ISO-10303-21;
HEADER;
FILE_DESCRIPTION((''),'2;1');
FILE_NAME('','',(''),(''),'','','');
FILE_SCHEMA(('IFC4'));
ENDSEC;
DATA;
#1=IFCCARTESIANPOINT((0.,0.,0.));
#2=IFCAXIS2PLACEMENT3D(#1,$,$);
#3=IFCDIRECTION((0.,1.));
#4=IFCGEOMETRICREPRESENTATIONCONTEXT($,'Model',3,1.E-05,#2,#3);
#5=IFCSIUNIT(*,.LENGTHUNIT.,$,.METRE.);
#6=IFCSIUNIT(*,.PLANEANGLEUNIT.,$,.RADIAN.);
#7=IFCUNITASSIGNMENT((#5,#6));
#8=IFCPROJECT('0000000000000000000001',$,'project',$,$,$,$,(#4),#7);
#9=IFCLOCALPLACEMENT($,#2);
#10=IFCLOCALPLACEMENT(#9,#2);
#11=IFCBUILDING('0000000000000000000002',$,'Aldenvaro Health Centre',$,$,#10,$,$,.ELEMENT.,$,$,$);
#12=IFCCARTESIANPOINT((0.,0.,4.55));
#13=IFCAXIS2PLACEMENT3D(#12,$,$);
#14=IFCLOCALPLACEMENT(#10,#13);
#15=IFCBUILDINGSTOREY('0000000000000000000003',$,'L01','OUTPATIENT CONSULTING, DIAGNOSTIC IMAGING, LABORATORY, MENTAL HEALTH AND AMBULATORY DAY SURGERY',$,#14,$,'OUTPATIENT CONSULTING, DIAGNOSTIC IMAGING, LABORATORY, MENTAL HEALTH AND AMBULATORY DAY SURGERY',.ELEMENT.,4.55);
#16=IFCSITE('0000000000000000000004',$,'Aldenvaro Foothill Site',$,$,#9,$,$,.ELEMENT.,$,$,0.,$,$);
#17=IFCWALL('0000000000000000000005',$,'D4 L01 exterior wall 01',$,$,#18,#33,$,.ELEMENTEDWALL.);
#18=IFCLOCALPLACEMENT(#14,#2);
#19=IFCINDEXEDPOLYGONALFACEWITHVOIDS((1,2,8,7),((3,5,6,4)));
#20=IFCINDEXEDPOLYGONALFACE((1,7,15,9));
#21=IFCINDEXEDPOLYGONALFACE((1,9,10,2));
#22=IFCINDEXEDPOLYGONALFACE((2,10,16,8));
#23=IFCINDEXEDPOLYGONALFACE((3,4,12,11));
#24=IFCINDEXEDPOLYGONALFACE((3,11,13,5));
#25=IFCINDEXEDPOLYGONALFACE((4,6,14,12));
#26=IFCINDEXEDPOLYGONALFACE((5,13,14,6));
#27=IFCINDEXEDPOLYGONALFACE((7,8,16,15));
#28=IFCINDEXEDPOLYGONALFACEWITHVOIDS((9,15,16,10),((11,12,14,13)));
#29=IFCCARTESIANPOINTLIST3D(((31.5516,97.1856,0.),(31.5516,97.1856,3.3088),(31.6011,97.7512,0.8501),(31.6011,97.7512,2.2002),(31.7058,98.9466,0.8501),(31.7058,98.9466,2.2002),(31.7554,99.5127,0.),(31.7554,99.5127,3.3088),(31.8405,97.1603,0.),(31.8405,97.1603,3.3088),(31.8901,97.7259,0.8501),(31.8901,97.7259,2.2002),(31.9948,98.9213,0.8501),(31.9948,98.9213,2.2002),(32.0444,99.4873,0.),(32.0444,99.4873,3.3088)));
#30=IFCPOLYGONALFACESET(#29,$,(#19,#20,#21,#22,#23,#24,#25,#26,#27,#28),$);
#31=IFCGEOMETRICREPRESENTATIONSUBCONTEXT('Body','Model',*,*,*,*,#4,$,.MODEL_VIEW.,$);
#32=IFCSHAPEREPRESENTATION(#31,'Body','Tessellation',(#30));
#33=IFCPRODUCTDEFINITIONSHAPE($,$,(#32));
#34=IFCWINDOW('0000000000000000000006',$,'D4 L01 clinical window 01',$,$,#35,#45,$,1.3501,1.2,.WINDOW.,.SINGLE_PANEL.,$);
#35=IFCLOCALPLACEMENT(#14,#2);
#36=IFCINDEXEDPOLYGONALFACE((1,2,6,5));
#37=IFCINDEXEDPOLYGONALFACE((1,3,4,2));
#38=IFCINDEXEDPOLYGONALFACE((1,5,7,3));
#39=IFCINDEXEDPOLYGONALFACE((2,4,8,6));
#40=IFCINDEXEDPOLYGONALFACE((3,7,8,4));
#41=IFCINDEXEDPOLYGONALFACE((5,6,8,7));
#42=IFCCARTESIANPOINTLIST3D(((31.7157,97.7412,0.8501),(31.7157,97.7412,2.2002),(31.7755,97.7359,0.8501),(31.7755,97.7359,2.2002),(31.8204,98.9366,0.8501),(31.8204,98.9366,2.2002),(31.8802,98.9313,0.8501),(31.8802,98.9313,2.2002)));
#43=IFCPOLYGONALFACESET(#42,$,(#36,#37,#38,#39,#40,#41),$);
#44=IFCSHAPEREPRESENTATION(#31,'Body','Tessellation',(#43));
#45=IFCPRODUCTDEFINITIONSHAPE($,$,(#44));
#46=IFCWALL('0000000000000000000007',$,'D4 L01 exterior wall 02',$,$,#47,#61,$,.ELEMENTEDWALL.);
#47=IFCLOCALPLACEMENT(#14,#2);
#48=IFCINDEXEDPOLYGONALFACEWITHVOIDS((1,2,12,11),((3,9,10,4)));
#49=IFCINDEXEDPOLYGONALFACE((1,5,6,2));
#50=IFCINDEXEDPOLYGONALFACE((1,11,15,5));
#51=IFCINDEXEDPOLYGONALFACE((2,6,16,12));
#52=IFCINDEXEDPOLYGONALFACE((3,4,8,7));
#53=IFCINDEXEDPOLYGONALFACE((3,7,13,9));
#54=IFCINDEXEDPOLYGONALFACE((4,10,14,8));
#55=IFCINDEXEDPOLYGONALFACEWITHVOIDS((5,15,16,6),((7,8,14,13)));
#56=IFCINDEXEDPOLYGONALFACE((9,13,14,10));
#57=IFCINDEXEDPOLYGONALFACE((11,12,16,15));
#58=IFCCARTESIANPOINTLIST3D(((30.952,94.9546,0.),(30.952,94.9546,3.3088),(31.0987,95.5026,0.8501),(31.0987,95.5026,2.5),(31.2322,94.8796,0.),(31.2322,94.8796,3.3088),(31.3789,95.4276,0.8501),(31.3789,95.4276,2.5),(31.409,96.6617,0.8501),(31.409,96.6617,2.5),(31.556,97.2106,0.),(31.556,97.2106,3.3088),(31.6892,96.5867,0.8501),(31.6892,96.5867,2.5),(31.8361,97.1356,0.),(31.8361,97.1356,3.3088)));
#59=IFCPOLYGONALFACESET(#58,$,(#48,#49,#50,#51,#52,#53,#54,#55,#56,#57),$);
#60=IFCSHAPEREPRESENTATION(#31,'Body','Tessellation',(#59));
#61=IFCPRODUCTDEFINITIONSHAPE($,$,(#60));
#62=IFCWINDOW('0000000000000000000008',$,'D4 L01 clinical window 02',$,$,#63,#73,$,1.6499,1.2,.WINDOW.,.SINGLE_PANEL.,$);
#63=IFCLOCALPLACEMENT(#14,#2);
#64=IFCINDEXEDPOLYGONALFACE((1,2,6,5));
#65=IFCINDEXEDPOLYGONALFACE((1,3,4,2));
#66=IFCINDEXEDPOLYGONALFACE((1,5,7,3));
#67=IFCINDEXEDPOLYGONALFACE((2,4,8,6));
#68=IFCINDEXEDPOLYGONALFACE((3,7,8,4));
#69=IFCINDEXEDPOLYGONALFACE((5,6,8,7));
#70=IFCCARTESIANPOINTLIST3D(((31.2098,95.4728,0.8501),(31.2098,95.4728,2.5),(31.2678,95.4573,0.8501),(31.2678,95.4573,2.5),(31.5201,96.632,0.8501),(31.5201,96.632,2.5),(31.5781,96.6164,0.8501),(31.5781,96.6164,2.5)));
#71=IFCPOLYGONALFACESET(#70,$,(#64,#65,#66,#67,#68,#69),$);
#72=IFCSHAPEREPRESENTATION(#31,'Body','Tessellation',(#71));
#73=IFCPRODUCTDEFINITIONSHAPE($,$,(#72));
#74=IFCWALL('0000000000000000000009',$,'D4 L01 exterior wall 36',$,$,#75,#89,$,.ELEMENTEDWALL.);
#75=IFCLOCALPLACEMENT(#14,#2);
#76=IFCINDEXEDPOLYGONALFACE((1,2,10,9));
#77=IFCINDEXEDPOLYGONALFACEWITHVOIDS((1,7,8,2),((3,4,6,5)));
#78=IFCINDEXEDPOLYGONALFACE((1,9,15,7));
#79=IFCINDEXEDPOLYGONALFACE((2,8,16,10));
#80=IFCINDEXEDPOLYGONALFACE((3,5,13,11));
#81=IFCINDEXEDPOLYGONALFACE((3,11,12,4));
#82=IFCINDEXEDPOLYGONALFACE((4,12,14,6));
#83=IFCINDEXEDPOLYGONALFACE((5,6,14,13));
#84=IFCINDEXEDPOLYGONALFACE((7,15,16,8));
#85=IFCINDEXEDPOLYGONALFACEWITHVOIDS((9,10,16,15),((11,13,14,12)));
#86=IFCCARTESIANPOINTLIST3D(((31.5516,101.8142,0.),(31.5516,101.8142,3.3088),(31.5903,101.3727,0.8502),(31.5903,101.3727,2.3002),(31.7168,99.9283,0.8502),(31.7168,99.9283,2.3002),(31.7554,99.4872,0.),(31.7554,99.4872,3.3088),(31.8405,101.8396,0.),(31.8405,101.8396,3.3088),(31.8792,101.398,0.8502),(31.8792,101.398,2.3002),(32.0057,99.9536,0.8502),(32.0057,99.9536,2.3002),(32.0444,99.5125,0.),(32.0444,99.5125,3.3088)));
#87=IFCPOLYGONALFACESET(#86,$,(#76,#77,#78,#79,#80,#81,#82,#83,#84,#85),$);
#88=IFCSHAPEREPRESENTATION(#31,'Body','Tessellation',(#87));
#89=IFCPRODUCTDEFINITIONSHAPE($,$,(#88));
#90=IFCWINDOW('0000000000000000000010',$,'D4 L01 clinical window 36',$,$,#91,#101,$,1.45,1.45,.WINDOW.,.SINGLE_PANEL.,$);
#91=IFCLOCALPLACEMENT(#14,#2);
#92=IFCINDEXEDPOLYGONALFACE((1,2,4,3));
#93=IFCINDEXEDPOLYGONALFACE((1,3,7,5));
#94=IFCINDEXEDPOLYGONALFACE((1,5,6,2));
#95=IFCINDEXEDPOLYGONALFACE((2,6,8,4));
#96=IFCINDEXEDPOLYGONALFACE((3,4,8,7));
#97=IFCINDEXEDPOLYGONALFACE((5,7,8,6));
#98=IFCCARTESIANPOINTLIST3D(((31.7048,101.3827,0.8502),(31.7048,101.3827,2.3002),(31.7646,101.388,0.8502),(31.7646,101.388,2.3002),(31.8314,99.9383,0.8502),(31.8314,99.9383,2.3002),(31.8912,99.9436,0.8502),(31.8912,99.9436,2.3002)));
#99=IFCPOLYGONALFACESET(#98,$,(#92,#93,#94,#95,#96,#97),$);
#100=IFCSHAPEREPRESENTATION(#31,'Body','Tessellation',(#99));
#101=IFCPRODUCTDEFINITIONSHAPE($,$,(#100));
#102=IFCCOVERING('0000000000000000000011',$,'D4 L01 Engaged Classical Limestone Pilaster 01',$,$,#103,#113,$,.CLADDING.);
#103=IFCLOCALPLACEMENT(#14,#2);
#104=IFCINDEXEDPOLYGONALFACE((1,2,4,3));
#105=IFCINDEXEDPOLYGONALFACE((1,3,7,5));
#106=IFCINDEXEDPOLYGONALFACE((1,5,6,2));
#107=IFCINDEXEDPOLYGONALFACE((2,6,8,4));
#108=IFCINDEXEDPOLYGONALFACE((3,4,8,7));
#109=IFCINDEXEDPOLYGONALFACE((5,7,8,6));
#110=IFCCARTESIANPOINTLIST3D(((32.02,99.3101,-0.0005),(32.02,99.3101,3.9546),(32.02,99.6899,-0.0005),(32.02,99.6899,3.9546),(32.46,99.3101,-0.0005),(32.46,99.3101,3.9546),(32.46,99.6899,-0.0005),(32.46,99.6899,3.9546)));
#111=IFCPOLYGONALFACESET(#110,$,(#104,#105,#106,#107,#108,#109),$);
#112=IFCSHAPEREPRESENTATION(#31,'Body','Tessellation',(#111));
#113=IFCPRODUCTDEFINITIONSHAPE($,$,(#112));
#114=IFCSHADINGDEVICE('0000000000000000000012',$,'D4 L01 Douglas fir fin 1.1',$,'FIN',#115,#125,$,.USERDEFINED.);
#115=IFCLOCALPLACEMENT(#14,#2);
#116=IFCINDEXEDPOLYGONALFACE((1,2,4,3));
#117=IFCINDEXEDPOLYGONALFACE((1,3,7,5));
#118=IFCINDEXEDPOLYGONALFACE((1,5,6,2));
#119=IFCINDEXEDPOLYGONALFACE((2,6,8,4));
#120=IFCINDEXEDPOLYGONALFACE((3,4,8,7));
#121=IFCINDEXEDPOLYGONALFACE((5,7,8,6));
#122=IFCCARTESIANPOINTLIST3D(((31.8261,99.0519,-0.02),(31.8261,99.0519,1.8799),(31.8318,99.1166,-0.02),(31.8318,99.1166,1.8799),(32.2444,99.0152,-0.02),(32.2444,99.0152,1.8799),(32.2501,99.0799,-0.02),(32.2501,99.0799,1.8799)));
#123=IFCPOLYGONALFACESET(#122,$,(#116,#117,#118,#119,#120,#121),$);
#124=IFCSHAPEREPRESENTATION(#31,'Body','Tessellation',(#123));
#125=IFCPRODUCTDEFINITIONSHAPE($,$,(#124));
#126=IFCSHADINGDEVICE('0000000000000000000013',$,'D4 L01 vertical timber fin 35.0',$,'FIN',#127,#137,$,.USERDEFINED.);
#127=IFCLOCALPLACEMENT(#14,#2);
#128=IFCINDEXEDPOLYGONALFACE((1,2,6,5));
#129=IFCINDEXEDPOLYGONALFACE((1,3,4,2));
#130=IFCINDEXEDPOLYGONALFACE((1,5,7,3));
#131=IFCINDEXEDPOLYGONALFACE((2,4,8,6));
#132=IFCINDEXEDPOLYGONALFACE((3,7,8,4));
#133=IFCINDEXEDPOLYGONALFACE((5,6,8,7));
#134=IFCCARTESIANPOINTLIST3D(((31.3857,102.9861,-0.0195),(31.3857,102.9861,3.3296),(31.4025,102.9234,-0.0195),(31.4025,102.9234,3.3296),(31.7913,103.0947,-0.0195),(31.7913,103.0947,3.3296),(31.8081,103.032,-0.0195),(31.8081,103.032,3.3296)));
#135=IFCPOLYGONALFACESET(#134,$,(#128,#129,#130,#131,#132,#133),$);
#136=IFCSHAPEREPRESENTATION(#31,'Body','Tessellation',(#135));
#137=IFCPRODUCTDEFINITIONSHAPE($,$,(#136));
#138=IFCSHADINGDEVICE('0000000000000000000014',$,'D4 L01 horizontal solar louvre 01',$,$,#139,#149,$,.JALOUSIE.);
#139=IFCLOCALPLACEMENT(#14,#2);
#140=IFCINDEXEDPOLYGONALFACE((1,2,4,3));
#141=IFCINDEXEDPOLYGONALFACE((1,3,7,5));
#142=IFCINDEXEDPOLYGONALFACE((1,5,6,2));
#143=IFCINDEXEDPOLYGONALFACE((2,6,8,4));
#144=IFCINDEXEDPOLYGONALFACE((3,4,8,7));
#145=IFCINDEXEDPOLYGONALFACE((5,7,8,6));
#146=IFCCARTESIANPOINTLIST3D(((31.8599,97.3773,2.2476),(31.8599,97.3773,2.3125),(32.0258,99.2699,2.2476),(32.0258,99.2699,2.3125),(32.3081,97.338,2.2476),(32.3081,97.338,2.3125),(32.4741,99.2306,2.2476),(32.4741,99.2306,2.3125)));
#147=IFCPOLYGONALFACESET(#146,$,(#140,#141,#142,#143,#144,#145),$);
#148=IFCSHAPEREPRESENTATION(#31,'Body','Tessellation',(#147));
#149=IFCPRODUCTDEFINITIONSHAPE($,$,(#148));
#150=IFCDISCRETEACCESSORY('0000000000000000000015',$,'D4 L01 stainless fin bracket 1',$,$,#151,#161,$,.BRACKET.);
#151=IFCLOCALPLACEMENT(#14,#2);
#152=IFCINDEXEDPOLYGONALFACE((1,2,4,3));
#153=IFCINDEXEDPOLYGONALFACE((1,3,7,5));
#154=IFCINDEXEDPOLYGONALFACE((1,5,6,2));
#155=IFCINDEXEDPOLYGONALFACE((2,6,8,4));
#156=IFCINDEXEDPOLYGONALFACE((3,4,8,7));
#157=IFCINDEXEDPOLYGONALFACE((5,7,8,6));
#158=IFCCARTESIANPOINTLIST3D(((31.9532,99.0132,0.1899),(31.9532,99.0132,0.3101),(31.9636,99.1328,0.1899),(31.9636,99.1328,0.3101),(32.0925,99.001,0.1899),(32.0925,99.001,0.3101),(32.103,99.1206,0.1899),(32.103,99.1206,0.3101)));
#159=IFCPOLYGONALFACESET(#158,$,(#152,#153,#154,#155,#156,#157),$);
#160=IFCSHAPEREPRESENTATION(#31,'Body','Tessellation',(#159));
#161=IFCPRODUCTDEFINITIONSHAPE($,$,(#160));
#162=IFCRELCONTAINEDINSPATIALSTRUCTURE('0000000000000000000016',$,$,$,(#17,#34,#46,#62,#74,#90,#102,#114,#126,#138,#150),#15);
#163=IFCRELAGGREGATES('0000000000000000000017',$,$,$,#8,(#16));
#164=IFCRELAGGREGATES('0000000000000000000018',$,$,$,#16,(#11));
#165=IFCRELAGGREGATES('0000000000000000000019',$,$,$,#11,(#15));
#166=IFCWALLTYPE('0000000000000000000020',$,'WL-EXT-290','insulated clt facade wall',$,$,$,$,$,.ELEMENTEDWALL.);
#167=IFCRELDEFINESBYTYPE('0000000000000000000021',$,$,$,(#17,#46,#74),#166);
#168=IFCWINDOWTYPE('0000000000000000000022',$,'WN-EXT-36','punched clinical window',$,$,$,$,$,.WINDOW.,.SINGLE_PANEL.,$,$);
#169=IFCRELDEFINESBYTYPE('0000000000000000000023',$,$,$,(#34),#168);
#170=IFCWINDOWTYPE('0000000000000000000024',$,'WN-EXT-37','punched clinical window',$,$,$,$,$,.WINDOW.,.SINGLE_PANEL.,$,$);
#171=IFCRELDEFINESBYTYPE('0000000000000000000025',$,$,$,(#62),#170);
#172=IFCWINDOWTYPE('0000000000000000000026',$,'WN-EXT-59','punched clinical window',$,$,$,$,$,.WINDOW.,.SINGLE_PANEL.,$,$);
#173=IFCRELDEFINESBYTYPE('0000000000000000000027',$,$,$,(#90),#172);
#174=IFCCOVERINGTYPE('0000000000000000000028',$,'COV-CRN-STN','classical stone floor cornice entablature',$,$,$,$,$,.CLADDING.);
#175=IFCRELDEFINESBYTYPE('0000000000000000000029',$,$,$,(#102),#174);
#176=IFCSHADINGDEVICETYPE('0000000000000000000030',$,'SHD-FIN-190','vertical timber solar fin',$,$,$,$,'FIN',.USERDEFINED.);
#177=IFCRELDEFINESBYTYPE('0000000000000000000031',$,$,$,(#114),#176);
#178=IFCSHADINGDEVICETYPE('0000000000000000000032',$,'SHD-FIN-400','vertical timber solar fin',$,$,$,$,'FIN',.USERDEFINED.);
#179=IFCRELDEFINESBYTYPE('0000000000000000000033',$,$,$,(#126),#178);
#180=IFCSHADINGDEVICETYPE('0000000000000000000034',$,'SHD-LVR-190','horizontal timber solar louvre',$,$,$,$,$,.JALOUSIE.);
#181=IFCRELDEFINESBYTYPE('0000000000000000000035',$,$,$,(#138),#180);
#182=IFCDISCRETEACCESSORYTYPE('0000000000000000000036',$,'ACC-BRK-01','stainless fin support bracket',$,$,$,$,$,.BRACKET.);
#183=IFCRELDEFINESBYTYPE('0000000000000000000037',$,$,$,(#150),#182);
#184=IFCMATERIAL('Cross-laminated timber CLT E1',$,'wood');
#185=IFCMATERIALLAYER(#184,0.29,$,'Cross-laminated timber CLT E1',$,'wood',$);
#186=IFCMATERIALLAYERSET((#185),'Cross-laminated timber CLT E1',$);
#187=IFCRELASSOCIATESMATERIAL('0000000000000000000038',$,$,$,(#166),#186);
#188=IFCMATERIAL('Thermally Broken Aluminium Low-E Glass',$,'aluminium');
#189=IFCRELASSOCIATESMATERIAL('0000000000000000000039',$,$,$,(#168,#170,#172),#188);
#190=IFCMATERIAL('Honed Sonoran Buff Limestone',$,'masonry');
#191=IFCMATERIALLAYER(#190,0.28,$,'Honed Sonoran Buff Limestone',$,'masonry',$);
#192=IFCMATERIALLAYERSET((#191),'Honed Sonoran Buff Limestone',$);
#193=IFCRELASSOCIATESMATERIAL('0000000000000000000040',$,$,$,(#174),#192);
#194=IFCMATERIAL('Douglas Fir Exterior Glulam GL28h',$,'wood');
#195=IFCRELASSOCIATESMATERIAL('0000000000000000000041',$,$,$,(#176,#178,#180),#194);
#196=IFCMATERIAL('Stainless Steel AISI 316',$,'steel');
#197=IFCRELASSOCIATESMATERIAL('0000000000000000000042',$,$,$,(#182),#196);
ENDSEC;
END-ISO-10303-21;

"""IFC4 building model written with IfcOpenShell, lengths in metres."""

from ifc_helpers import new_model, si_unit, direction, frame, frame_2d, origin, origin_2d, place, context, subcontext, project, spatial, rectangle, extrude, material, layer, layer_set, type_object, element, fill, save


model = new_model("IFC4")

# Units and contexts
model_context = context("Model", 3, precision=1e-05, world=origin(), true_north=direction((0.0, 1.0)))
body_context = subcontext(model_context, "Body", "Model", "MODEL_VIEW")
ifc_project = project(units=[si_unit("LENGTHUNIT", "METRE"), si_unit("PLANEANGLEUNIT", "RADIAN")], contexts=[model_context])

# Site, building, storey
site_placement = place(None, origin())
site = spatial("IfcSite", under=ifc_project, at=site_placement, Name="Aldenvaro Foothill Site", CompositionType="ELEMENT", RefElevation=0.0)
building_placement = place(site_placement, origin())
building = spatial("IfcBuilding", under=site, at=building_placement, Name="Aldenvaro Health Centre", CompositionType="ELEMENT")
storey_placement = place(building_placement, frame((0.0, 0.0, 4.55)))
storey = spatial("IfcBuildingStorey", under=building, at=storey_placement, Name="L01", Description="OUTPATIENT CONSULTING, DIAGNOSTIC IMAGING, LABORATORY, MENTAL HEALTH AND AMBULATORY DAY SURGERY", LongName="OUTPATIENT CONSULTING, DIAGNOSTIC IMAGING, LABORATORY, MENTAL HEALTH AND AMBULATORY DAY SURGERY", CompositionType="ELEMENT", Elevation=4.55)

# Walls, openings, windows
ifc_material_1 = material(Name="Cross-laminated timber CLT E1", Category="wood")
ifc_layer_1 = layer(ifc_material_1, 0.29, Name="Cross-laminated timber CLT E1", Category="wood")
ifc_layer_set_1 = layer_set([ifc_layer_1], Name="Cross-laminated timber CLT E1")
wall_type = type_object("IfcWallType", Name="WL-EXT-290", Description="insulated clt facade wall", PredefinedType="ELEMENTEDWALL", material=ifc_layer_set_1)
wall_1_placement = place(storey_placement, frame((31.8999, 99.5, 0.0), z_axis=(0.0, 0.0, 1.0), x_axis=(-0.087275, -0.996184, 0.0)))
wall_1 = element("IfcWall", 1, at=wall_1_placement, inside=storey, type_object=wall_type, Name="D4 L01 exterior wall 01", PredefinedType="ELEMENTEDWALL", context=body_context, shape_type="SweptSolid", body=[
    extrude(rectangle(XDim=2.3359, YDim=0.29, at=frame_2d((1.168, 0.0))), origin(), (0.0, 0.0, 1.0), 3.3088),
])
opening_1_placement = place(wall_1_placement, frame((0.5681, 0.0, 0.8501)))
opening_1 = element("IfcOpeningElement", 2, at=opening_1_placement, cuts=wall_1, PredefinedType="OPENING", context=body_context, shape_type="SweptSolid", body=[
    extrude(rectangle(XDim=1.2, YDim=1.3501, at=frame_2d((0.6001, 0.675))), frame((0.0, 0.155, 0.0), z_axis=(0.0, -1.0, 0.0), x_axis=(1.0, 0.0, 0.0)), (0.0, 0.0, 1.0), 0.3101),
])
ifc_material_2 = material(Name="Thermally Broken Aluminium Low-E Glass", Category="aluminium")
window_type_1 = type_object("IfcWindowType", Name="WN-EXT-36", Description="punched clinical window", PartitioningType="SINGLE_PANEL", PredefinedType="WINDOW", material=ifc_material_2)
window_1_placement = place(opening_1_placement, origin())
window_1 = element("IfcWindow", 3, at=window_1_placement, inside=storey, type_object=window_type_1, Name="D4 L01 clinical window 01", OverallHeight=1.3501, OverallWidth=1.2, PartitioningType="SINGLE_PANEL", PredefinedType="WINDOW", context=body_context, shape_type="SweptSolid", body=[
    extrude(rectangle(XDim=1.2, YDim=1.3501, at=frame_2d((0.6001, 0.675))), frame((0.0, 0.03, 0.0), z_axis=(0.0, -1.0, 0.0), x_axis=(1.0, 0.0, 0.0)), (0.0, 0.0, 1.0), 0.0601),
])
fill(opening_1, window_1)
wall_2_placement = place(storey_placement, frame((31.696, 97.1731, 0.0), z_axis=(0.0, 0.0, 1.0), x_axis=(-0.258612, -0.965981, 0.0)))
wall_2 = element("IfcWall", 4, at=wall_2_placement, inside=storey, type_object=wall_type, Name="D4 L01 exterior wall 02", PredefinedType="ELEMENTEDWALL", context=body_context, shape_type="SweptSolid", body=[
    extrude(rectangle(XDim=2.3354, YDim=0.29, at=frame_2d((1.1677, 0.0))), origin(), (0.0, 0.0, 1.0), 3.3088),
])
opening_2_placement = place(wall_2_placement, frame((0.5681, 0.0, 0.8501)))
opening_2 = element("IfcOpeningElement", 5, at=opening_2_placement, cuts=wall_2, PredefinedType="OPENING", context=body_context, shape_type="SweptSolid", body=[
    extrude(rectangle(XDim=1.2, YDim=1.6499, at=frame_2d((0.6001, 0.825))), frame((0.0, 0.155, 0.0), z_axis=(0.0, -1.0, 0.0), x_axis=(1.0, 0.0, 0.0)), (0.0, 0.0, 1.0), 0.3101),
])
window_type_2 = type_object("IfcWindowType", Name="WN-EXT-37", Description="punched clinical window", PartitioningType="SINGLE_PANEL", PredefinedType="WINDOW", material=ifc_material_2)
window_2_placement = place(opening_2_placement, origin())
window_2 = element("IfcWindow", 6, at=window_2_placement, inside=storey, type_object=window_type_2, Name="D4 L01 clinical window 02", OverallHeight=1.6499, OverallWidth=1.2, PartitioningType="SINGLE_PANEL", PredefinedType="WINDOW", context=body_context, shape_type="SweptSolid", body=[
    extrude(rectangle(XDim=1.2, YDim=1.6499, at=frame_2d((0.6001, 0.825))), frame((0.0, 0.03, 0.0), z_axis=(0.0, -1.0, 0.0), x_axis=(1.0, 0.0, 0.0)), (0.0, 0.0, 1.0), 0.0601),
])
fill(opening_2, window_2)
wall_3_placement = place(storey_placement, frame((31.696, 101.8269, 0.0), z_axis=(0.0, 0.0, 1.0), x_axis=(0.087275, -0.996184, 0.0)))
wall_3 = element("IfcWall", 7, at=wall_3_placement, inside=storey, type_object=wall_type, Name="D4 L01 exterior wall 36", PredefinedType="ELEMENTEDWALL", context=body_context, shape_type="SweptSolid", body=[
    extrude(rectangle(XDim=2.3359, YDim=0.29, at=frame_2d((1.168, 0.0))), origin(), (0.0, 0.0, 1.0), 3.3088),
])
opening_3_placement = place(wall_3_placement, frame((0.4431, 0.0, 0.8501)))
opening_3 = element("IfcOpeningElement", 8, at=opening_3_placement, cuts=wall_3, PredefinedType="OPENING", context=body_context, shape_type="SweptSolid", body=[
    extrude(rectangle(XDim=1.45, YDim=1.45, at=frame_2d((0.7251, 0.7251))), frame((0.0, 0.155, 0.0), z_axis=(0.0, -1.0, 0.0), x_axis=(1.0, 0.0, 0.0)), (0.0, 0.0, 1.0), 0.3101),
])
window_type_3 = type_object("IfcWindowType", Name="WN-EXT-59", Description="punched clinical window", PartitioningType="SINGLE_PANEL", PredefinedType="WINDOW", material=ifc_material_2)
window_3_placement = place(opening_3_placement, origin())
window_3 = element("IfcWindow", 9, at=window_3_placement, inside=storey, type_object=window_type_3, Name="D4 L01 clinical window 36", OverallHeight=1.45, OverallWidth=1.45, PartitioningType="SINGLE_PANEL", PredefinedType="WINDOW", context=body_context, shape_type="SweptSolid", body=[
    extrude(rectangle(XDim=1.45, YDim=1.45, at=frame_2d((0.7251, 0.7251))), frame((0.0, 0.03, 0.0), z_axis=(0.0, -1.0, 0.0), x_axis=(1.0, 0.0, 0.0)), (0.0, 0.0, 1.0), 0.0601),
])
fill(opening_3, window_3)

# Covering
ifc_material_3 = material(Name="Honed Sonoran Buff Limestone", Category="masonry")
ifc_layer_2 = layer(ifc_material_3, 0.28, Name="Honed Sonoran Buff Limestone", Category="masonry")
ifc_layer_set_2 = layer_set([ifc_layer_2], Name="Honed Sonoran Buff Limestone")
covering_type = type_object("IfcCoveringType", Name="COV-CRN-STN", Description="classical stone floor cornice entablature", PredefinedType="CLADDING", material=ifc_layer_set_2)
covering_placement = place(storey_placement, frame((32.24, 99.5, -0.0005), z_axis=(0.0, 0.0, 1.0), x_axis=(1.0, 0.0, 0.0)))
element("IfcCovering", 10, at=covering_placement, inside=storey, type_object=covering_type, Name="D4 L01 Engaged Classical Limestone Pilaster 01", PredefinedType="CLADDING", context=body_context, shape_type="SweptSolid", body=[
    extrude(rectangle(XDim=0.4399, YDim=0.3799, at=origin_2d()), origin(), (0.0, 0.0, 1.0), 3.9551),
])

# Shading devices
ifc_material_4 = material(Name="Douglas Fir Exterior Glulam GL28h", Category="wood")
shading_device_type_1 = type_object("IfcShadingDeviceType", Name="SHD-FIN-190", Description="vertical timber solar fin", ElementType="FIN", PredefinedType="USERDEFINED", material=ifc_material_4)
shading_device_1_placement = place(storey_placement, frame((32.0381, 99.0659, -0.02), z_axis=(0.0, 0.0, 1.0), x_axis=(-0.087332, -0.996179, 0.0)))
element("IfcShadingDevice", 11, at=shading_device_1_placement, inside=storey, type_object=shading_device_type_1, Name="D4 L01 Douglas fir fin 1.1", ObjectType="FIN", PredefinedType="USERDEFINED", context=body_context, shape_type="SweptSolid", body=[
    extrude(rectangle(XDim=0.0649, YDim=0.4199, at=origin_2d()), origin(), (0.0, 0.0, 1.0), 1.8999),
])
shading_device_type_2 = type_object("IfcShadingDeviceType", Name="SHD-FIN-400", Description="vertical timber solar fin", ElementType="FIN", PredefinedType="USERDEFINED", material=ifc_material_4)
shading_device_2_placement = place(storey_placement, frame((31.5969, 103.009, -0.0195), z_axis=(0.0, 0.0, 1.0), x_axis=(0.258622, -0.965979, 0.0)))
element("IfcShadingDevice", 12, at=shading_device_2_placement, inside=storey, type_object=shading_device_type_2, Name="D4 L01 vertical timber fin 35.0", ObjectType="FIN", PredefinedType="USERDEFINED", context=body_context, shape_type="SweptSolid", body=[
    extrude(rectangle(XDim=0.0649, YDim=0.4199, at=origin_2d()), origin(), (0.0, 0.0, 1.0), 3.3491),
])
shading_device_type_3 = type_object("IfcShadingDeviceType", Name="SHD-LVR-190", Description="horizontal timber solar louvre", PredefinedType="JALOUSIE", material=ifc_material_4)
shading_device_3_placement = place(storey_placement, frame((32.167, 98.304, 2.2476), z_axis=(0.0, 0.0, 1.0), x_axis=(-0.087332, -0.996179, 0.0)))
element("IfcShadingDevice", 13, at=shading_device_3_placement, inside=storey, type_object=shading_device_type_3, Name="D4 L01 horizontal solar louvre 01", PredefinedType="JALOUSIE", context=body_context, shape_type="SweptSolid", body=[
    extrude(rectangle(XDim=1.8999, YDim=0.45, at=origin_2d()), origin(), (0.0, 0.0, 1.0), 0.0649),
])

# Discrete accessory
ifc_material_5 = material(Name="Stainless Steel AISI 316", Category="steel")
discrete_accessory_type = type_object("IfcDiscreteAccessoryType", Name="ACC-BRK-01", Description="stainless fin support bracket", PredefinedType="BRACKET", material=ifc_material_5)
discrete_accessory_placement = place(storey_placement, frame((32.0281, 99.0669, 0.1899), z_axis=(0.0, 0.0, 1.0), x_axis=(-0.087332, -0.996179, 0.0)))
element("IfcDiscreteAccessory", 14, at=discrete_accessory_placement, inside=storey, type_object=discrete_accessory_type, Name="D4 L01 stainless fin bracket 1", PredefinedType="BRACKET", context=body_context, shape_type="SweptSolid", body=[
    extrude(rectangle(XDim=0.1201, YDim=0.1399, at=origin_2d()), origin(), (0.0, 0.0, 1.0), 0.1201),
])

save(model, "model.ifc")
